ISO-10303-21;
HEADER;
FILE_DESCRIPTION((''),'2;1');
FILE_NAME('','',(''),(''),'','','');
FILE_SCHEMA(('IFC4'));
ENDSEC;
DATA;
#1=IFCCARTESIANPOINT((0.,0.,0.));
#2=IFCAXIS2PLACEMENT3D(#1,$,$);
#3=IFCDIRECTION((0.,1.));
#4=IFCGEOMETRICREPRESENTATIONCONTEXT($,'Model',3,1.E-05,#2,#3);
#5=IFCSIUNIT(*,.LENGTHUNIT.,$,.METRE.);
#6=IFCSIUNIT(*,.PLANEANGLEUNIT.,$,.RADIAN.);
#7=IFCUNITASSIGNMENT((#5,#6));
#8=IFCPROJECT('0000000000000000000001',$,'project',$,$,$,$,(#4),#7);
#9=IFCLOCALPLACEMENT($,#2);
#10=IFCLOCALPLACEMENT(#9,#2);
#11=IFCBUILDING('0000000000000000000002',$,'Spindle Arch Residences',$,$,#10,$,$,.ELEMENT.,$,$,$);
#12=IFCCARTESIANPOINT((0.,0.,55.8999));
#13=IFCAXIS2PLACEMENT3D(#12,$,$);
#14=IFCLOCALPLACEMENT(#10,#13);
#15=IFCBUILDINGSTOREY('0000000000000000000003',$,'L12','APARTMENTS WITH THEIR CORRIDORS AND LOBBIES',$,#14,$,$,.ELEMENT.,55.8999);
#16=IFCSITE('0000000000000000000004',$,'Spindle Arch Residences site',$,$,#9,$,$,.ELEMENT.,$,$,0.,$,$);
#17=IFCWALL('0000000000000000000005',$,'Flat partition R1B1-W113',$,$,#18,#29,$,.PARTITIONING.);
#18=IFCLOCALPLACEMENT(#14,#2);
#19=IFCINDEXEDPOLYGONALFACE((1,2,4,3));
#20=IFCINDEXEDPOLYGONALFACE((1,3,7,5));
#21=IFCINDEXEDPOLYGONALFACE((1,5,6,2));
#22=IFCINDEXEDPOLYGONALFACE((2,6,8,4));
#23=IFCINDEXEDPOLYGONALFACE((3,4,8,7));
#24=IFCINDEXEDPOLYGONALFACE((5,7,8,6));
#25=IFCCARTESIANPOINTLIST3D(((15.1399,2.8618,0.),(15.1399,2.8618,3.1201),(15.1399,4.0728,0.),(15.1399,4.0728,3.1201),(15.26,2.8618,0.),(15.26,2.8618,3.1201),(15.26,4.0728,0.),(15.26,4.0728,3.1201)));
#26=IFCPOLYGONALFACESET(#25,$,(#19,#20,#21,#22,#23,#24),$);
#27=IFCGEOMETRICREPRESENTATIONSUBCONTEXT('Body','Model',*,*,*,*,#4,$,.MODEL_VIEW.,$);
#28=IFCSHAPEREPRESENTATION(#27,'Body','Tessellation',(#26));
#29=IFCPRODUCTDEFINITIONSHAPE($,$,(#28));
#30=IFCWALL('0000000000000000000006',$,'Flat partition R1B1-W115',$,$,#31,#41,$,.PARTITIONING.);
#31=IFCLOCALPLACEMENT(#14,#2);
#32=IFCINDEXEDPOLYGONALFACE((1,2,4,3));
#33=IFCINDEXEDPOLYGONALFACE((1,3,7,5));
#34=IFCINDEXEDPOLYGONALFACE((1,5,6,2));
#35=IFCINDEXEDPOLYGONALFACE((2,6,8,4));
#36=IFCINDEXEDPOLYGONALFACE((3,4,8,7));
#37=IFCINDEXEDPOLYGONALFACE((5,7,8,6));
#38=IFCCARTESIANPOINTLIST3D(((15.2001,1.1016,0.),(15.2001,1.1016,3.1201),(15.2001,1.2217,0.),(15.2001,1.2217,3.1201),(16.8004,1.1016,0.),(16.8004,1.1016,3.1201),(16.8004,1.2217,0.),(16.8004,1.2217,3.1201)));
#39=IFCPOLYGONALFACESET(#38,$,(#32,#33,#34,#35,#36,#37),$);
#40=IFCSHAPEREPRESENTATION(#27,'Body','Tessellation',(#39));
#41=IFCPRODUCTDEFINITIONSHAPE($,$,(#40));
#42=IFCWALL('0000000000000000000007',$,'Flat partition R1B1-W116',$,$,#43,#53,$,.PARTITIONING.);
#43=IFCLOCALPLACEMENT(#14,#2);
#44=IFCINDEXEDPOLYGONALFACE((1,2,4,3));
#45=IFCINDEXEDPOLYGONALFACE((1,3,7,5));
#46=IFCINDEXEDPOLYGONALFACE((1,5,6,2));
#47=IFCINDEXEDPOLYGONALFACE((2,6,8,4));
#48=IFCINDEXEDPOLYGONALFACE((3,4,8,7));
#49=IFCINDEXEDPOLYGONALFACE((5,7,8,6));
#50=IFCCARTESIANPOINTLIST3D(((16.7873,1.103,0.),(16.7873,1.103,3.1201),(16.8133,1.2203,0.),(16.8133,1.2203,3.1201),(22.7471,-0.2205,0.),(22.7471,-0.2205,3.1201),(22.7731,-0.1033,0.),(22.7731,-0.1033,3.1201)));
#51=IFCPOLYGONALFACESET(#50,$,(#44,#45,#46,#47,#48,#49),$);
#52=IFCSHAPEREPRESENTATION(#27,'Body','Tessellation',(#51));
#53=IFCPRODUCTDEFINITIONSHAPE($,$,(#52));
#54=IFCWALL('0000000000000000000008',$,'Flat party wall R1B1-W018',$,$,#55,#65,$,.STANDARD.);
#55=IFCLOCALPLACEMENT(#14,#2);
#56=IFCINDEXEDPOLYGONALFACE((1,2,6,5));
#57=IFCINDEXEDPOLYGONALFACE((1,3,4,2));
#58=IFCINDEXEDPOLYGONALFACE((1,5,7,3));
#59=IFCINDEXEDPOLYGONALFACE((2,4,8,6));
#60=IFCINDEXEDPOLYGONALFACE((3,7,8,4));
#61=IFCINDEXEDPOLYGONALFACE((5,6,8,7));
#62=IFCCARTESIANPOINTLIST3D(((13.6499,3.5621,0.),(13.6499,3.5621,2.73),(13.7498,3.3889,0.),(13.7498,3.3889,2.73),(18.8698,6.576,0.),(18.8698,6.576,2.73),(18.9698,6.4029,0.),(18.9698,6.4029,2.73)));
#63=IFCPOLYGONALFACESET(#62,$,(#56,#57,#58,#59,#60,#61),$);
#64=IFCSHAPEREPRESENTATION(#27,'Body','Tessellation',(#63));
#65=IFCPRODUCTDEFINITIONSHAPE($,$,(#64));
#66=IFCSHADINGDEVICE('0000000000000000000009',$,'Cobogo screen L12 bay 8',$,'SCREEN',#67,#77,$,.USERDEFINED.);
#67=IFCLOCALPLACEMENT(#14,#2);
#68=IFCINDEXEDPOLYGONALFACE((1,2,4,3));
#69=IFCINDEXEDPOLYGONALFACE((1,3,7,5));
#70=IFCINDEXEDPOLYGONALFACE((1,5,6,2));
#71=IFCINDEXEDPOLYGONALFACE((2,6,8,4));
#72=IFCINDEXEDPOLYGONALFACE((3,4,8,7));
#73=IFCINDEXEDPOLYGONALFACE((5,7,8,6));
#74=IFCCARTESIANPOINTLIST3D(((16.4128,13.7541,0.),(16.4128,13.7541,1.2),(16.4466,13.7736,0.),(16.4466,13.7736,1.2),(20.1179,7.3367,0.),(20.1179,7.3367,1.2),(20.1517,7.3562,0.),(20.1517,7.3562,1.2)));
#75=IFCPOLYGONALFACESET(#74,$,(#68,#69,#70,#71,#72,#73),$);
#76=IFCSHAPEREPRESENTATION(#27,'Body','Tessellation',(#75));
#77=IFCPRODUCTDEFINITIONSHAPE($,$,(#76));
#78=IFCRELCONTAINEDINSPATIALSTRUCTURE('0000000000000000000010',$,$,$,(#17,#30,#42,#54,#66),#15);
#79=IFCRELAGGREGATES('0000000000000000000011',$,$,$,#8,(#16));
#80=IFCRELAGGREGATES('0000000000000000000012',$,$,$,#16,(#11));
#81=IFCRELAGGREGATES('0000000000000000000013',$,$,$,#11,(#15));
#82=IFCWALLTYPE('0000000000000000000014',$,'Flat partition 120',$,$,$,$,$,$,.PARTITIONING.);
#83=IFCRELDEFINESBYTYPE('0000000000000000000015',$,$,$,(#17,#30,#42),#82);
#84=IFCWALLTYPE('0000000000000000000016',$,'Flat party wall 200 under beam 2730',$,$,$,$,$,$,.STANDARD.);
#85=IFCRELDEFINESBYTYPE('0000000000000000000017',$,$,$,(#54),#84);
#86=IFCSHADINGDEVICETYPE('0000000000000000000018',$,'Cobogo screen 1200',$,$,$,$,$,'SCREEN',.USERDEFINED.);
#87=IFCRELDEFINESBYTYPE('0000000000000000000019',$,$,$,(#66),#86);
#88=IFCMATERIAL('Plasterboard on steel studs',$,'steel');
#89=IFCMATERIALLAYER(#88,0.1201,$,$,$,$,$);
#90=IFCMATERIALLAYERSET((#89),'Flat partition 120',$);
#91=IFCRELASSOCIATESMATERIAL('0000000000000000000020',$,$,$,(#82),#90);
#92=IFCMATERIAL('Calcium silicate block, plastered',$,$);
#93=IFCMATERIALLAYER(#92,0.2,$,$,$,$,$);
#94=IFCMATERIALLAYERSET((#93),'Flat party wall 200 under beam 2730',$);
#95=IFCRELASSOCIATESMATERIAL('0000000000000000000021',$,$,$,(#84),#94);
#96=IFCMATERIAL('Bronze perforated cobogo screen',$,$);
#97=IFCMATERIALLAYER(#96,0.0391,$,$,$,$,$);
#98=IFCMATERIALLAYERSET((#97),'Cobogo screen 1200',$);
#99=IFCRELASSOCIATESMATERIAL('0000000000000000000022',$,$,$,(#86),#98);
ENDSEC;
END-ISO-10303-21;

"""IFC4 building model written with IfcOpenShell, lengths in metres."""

from ifc_helpers import new_model, si_unit, direction, frame, frame_2d, origin, origin_2d, place, context, subcontext, project, spatial, rectangle, extrude, material, layer, layer_set, type_object, element, save


model = new_model("IFC4")

# Units and contexts
model_context = context("Model", 3, precision=1e-05, world=origin(), true_north=direction((0.0, 1.0)))
body_context = subcontext(model_context, "Body", "Model", "MODEL_VIEW")
ifc_project = project(units=[si_unit("LENGTHUNIT", "METRE"), si_unit("PLANEANGLEUNIT", "RADIAN")], contexts=[model_context])

# Site, building, storey
site_placement = place(None, origin())
site = spatial("IfcSite", under=ifc_project, at=site_placement, Name="Spindle Arch Residences site", CompositionType="ELEMENT", RefElevation=0.0)
building_placement = place(site_placement, origin())
building = spatial("IfcBuilding", under=site, at=building_placement, Name="Spindle Arch Residences", CompositionType="ELEMENT")
storey_placement = place(building_placement, frame((0.0, 0.0, 55.8999)))
storey = spatial("IfcBuildingStorey", under=building, at=storey_placement, Name="L12", Description="APARTMENTS WITH THEIR CORRIDORS AND LOBBIES", CompositionType="ELEMENT", Elevation=55.8999)

# Shared definitions
ifc_material_1 = material(Name="Plasterboard on steel studs", Category="steel")
ifc_layer_1 = layer(ifc_material_1, 0.1201)
ifc_layer_set_1 = layer_set([ifc_layer_1], Name="Flat partition 120")
wall_type_1 = type_object("IfcWallType", Name="Flat partition 120", PredefinedType="PARTITIONING", material=ifc_layer_set_1)

# Walls
wall_1_placement = place(storey_placement, frame((15.2, 2.8618, 0.0), z_axis=(0.0, 0.0, 1.0), x_axis=(0.0, 1.0, 0.0)))
element("IfcWall", 1, at=wall_1_placement, inside=storey, type_object=wall_type_1, Name="Flat partition R1B1-W113", PredefinedType="PARTITIONING", context=body_context, shape_type="SweptSolid", body=[
    extrude(rectangle(XDim=1.2109, YDim=0.1201, at=frame_2d((0.6055, 0.0))), origin(), (0.0, 0.0, 1.0), 3.1201),
])
wall_2_placement = place(storey_placement, frame((15.2, 1.1616, 0.0), z_axis=(0.0, 0.0, 1.0), x_axis=(1.0, 0.0, 0.0)))
element("IfcWall", 2, at=wall_2_placement, inside=storey, type_object=wall_type_1, Name="Flat partition R1B1-W115", PredefinedType="PARTITIONING", context=body_context, shape_type="SweptSolid", body=[
    extrude(rectangle(XDim=1.6003, YDim=0.1201, at=frame_2d((0.8003, 0.0))), origin(), (0.0, 0.0, 1.0), 3.1201),
])
wall_3_placement = place(storey_placement, frame((16.8003, 1.1616, 0.0), z_axis=(0.0, 0.0, 1.0), x_axis=(0.976218, -0.216791, 0.0)))
element("IfcWall", 3, at=wall_3_placement, inside=storey, type_object=wall_type_1, Name="Flat partition R1B1-W116", PredefinedType="PARTITIONING", context=body_context, shape_type="SweptSolid", body=[
    extrude(rectangle(XDim=6.105, YDim=0.1201, at=frame_2d((3.0525, 0.0))), origin(), (0.0, 0.0, 1.0), 3.1201),
])
ifc_material_2 = material(Name="Calcium silicate block, plastered")
ifc_layer_2 = layer(ifc_material_2, 0.2)
ifc_layer_set_2 = layer_set([ifc_layer_2], Name="Flat party wall 200 under beam 2730")
wall_type_2 = type_object("IfcWallType", Name="Flat party wall 200 under beam 2730", PredefinedType="STANDARD", material=ifc_layer_set_2)
wall_4_placement = place(storey_placement, frame((13.7, 3.4756, 0.0), z_axis=(0.0, 0.0, 1.0), x_axis=(0.866014, 0.50002, 0.0)))
element("IfcWall", 4, at=wall_4_placement, inside=storey, type_object=wall_type_2, Name="Flat party wall R1B1-W018", PredefinedType="STANDARD", context=body_context, shape_type="SweptSolid", body=[
    extrude(rectangle(XDim=6.0276, YDim=0.2, at=frame_2d((3.0137, 0.0))), origin(), (0.0, 0.0, 1.0), 2.73),
])

# Shading device
ifc_material_3 = material(Name="Bronze perforated cobogo screen")
ifc_layer_3 = layer(ifc_material_3, 0.0391)
ifc_layer_set_3 = layer_set([ifc_layer_3], Name="Cobogo screen 1200")
shading_device_type = type_object("IfcShadingDeviceType", Name="Cobogo screen 1200", ElementType="SCREEN", PredefinedType="USERDEFINED", material=ifc_layer_set_3)
shading_device_placement = place(storey_placement, frame((18.2822, 10.5552, 0.0), z_axis=(0.0, 0.0, 1.0), x_axis=(-0.5, 0.866025, 0.0)))
element("IfcShadingDevice", 5, at=shading_device_placement, inside=storey, type_object=shading_device_type, Name="Cobogo screen L12 bay 8", ObjectType="SCREEN", PredefinedType="USERDEFINED", context=body_context, shape_type="SweptSolid", body=[
    extrude(rectangle(XDim=7.4102, YDim=0.0391, at=origin_2d()), origin(), (0.0, 0.0, 1.0), 1.2),
])

save(model, "model.ifc")
